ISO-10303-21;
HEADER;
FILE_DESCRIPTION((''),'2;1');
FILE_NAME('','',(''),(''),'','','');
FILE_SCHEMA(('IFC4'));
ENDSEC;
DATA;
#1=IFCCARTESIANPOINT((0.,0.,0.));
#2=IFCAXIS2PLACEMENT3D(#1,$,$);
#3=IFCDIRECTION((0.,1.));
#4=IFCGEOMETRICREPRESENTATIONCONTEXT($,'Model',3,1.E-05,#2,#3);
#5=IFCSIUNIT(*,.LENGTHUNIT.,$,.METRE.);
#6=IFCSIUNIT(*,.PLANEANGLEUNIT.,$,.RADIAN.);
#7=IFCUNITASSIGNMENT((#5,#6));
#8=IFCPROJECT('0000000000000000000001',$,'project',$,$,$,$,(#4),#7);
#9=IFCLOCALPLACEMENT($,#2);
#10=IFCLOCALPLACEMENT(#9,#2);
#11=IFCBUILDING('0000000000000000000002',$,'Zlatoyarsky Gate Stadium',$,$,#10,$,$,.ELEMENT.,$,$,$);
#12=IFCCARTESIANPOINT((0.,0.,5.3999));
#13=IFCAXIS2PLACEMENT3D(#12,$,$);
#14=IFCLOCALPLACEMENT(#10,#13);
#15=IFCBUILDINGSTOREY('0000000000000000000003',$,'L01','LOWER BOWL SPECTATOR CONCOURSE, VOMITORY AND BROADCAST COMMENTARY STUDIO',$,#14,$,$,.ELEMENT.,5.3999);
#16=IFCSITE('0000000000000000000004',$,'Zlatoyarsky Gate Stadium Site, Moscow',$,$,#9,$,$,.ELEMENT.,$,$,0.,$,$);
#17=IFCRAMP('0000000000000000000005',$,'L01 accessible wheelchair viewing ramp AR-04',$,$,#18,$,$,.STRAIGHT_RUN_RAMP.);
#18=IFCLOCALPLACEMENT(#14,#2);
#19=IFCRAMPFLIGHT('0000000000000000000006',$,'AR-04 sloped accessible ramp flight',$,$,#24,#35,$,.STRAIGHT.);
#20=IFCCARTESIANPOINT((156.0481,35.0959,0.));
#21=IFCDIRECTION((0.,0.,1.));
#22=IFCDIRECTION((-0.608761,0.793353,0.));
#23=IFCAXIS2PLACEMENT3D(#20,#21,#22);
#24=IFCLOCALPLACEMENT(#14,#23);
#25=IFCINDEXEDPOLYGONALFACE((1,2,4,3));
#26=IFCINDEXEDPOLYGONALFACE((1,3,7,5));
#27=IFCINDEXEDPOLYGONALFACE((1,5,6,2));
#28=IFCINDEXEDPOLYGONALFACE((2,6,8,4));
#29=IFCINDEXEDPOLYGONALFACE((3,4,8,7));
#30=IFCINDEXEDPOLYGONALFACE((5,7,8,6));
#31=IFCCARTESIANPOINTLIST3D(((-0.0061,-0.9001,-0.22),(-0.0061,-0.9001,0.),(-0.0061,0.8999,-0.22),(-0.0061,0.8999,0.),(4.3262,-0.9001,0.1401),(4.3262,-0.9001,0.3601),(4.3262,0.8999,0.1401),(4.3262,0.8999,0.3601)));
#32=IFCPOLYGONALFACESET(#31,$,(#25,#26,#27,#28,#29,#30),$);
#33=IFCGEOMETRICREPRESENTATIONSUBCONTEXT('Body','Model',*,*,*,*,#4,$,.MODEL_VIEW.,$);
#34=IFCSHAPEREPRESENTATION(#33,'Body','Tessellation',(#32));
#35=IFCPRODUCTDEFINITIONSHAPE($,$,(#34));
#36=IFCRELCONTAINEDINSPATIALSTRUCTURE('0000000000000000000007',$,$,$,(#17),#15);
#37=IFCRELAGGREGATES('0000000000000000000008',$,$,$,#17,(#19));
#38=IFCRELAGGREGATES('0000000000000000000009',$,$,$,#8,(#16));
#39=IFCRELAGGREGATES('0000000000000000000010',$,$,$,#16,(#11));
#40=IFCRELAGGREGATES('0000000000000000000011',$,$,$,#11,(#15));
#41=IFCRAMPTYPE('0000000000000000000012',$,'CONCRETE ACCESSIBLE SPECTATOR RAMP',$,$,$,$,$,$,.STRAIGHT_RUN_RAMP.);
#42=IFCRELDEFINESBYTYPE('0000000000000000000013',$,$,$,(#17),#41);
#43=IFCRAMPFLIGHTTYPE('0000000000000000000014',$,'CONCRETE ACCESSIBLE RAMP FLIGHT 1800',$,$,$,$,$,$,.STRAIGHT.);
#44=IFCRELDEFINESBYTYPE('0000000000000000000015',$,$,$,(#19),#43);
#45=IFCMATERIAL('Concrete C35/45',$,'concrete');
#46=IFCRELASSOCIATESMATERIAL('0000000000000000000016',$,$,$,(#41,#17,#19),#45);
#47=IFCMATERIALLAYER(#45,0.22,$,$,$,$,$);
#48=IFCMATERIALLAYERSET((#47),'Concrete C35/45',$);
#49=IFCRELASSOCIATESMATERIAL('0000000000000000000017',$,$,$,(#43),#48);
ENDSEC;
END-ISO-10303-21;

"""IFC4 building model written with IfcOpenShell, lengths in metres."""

from ifc_helpers import new_model, si_unit, direction, frame, origin, place, context, subcontext, project, spatial, polyline, outline, extrude, material, layer, layer_set, type_object, element, aggregate, save


model = new_model("IFC4")

# Units and contexts
model_context = context("Model", 3, precision=1e-05, world=origin(), true_north=direction((0.0, 1.0)))
body_context = subcontext(model_context, "Body", "Model", "MODEL_VIEW")
ifc_project = project(units=[si_unit("LENGTHUNIT", "METRE"), si_unit("PLANEANGLEUNIT", "RADIAN")], contexts=[model_context])

# Site, building, storey
site_placement = place(None, origin())
site = spatial("IfcSite", under=ifc_project, at=site_placement, Name="Zlatoyarsky Gate Stadium Site, Moscow", CompositionType="ELEMENT", RefElevation=0.0)
building_placement = place(site_placement, origin())
building = spatial("IfcBuilding", under=site, at=building_placement, Name="Zlatoyarsky Gate Stadium", CompositionType="ELEMENT")
storey_placement = place(building_placement, frame((0.0, 0.0, 5.3999)))
storey = spatial("IfcBuildingStorey", under=building, at=storey_placement, Name="L01", Description="LOWER BOWL SPECTATOR CONCOURSE, VOMITORY AND BROADCAST COMMENTARY STUDIO", CompositionType="ELEMENT", Elevation=5.3999)

# Ramp, ramp flight
ifc_material_1 = material(Name="Concrete C35/45", Category="concrete")
ramp_type = type_object("IfcRampType", Name="CONCRETE ACCESSIBLE SPECTATOR RAMP", PredefinedType="STRAIGHT_RUN_RAMP", material=ifc_material_1)
ramp_placement = place(storey_placement, origin())
ramp = element("IfcRamp", 1, at=ramp_placement, inside=storey, type_object=ramp_type, material=ifc_material_1, Name="L01 accessible wheelchair viewing ramp AR-04", PredefinedType="STRAIGHT_RUN_RAMP")
ifc_layer_1 = layer(ifc_material_1, 0.22)
ifc_layer_set_1 = layer_set([ifc_layer_1], Name="Concrete C35/45")
ramp_flight_type = type_object("IfcRampFlightType", Name="CONCRETE ACCESSIBLE RAMP FLIGHT 1800", PredefinedType="STRAIGHT", material=ifc_layer_set_1)
ramp_flight_placement = place(storey_placement, frame((156.0481, 35.0959, 0.0), z_axis=(0.0, 0.0, 1.0), x_axis=(-0.608761, 0.793353, 0.0)))
ramp_flight = element("IfcRampFlight", 2, at=ramp_flight_placement, type_object=ramp_flight_type, material=ifc_material_1, Name="AR-04 sloped accessible ramp flight", PredefinedType="STRAIGHT", context=body_context, shape_type="SweptSolid", body=[
    extrude(outline(polyline([(-0.0061, 0.0), (4.3262, 0.3601), (4.3262, 0.1401), (-0.0061, -0.22), (-0.0061, 0.0)])), frame((0.0, 0.8999, 0.0), z_axis=(0.0, -1.0, 0.0), x_axis=(1.0, 0.0, 0.0)), (0.0, 0.0, 1.0), 1.8),
])
aggregate(ramp, [ramp_flight])

save(model, "model.ifc")
